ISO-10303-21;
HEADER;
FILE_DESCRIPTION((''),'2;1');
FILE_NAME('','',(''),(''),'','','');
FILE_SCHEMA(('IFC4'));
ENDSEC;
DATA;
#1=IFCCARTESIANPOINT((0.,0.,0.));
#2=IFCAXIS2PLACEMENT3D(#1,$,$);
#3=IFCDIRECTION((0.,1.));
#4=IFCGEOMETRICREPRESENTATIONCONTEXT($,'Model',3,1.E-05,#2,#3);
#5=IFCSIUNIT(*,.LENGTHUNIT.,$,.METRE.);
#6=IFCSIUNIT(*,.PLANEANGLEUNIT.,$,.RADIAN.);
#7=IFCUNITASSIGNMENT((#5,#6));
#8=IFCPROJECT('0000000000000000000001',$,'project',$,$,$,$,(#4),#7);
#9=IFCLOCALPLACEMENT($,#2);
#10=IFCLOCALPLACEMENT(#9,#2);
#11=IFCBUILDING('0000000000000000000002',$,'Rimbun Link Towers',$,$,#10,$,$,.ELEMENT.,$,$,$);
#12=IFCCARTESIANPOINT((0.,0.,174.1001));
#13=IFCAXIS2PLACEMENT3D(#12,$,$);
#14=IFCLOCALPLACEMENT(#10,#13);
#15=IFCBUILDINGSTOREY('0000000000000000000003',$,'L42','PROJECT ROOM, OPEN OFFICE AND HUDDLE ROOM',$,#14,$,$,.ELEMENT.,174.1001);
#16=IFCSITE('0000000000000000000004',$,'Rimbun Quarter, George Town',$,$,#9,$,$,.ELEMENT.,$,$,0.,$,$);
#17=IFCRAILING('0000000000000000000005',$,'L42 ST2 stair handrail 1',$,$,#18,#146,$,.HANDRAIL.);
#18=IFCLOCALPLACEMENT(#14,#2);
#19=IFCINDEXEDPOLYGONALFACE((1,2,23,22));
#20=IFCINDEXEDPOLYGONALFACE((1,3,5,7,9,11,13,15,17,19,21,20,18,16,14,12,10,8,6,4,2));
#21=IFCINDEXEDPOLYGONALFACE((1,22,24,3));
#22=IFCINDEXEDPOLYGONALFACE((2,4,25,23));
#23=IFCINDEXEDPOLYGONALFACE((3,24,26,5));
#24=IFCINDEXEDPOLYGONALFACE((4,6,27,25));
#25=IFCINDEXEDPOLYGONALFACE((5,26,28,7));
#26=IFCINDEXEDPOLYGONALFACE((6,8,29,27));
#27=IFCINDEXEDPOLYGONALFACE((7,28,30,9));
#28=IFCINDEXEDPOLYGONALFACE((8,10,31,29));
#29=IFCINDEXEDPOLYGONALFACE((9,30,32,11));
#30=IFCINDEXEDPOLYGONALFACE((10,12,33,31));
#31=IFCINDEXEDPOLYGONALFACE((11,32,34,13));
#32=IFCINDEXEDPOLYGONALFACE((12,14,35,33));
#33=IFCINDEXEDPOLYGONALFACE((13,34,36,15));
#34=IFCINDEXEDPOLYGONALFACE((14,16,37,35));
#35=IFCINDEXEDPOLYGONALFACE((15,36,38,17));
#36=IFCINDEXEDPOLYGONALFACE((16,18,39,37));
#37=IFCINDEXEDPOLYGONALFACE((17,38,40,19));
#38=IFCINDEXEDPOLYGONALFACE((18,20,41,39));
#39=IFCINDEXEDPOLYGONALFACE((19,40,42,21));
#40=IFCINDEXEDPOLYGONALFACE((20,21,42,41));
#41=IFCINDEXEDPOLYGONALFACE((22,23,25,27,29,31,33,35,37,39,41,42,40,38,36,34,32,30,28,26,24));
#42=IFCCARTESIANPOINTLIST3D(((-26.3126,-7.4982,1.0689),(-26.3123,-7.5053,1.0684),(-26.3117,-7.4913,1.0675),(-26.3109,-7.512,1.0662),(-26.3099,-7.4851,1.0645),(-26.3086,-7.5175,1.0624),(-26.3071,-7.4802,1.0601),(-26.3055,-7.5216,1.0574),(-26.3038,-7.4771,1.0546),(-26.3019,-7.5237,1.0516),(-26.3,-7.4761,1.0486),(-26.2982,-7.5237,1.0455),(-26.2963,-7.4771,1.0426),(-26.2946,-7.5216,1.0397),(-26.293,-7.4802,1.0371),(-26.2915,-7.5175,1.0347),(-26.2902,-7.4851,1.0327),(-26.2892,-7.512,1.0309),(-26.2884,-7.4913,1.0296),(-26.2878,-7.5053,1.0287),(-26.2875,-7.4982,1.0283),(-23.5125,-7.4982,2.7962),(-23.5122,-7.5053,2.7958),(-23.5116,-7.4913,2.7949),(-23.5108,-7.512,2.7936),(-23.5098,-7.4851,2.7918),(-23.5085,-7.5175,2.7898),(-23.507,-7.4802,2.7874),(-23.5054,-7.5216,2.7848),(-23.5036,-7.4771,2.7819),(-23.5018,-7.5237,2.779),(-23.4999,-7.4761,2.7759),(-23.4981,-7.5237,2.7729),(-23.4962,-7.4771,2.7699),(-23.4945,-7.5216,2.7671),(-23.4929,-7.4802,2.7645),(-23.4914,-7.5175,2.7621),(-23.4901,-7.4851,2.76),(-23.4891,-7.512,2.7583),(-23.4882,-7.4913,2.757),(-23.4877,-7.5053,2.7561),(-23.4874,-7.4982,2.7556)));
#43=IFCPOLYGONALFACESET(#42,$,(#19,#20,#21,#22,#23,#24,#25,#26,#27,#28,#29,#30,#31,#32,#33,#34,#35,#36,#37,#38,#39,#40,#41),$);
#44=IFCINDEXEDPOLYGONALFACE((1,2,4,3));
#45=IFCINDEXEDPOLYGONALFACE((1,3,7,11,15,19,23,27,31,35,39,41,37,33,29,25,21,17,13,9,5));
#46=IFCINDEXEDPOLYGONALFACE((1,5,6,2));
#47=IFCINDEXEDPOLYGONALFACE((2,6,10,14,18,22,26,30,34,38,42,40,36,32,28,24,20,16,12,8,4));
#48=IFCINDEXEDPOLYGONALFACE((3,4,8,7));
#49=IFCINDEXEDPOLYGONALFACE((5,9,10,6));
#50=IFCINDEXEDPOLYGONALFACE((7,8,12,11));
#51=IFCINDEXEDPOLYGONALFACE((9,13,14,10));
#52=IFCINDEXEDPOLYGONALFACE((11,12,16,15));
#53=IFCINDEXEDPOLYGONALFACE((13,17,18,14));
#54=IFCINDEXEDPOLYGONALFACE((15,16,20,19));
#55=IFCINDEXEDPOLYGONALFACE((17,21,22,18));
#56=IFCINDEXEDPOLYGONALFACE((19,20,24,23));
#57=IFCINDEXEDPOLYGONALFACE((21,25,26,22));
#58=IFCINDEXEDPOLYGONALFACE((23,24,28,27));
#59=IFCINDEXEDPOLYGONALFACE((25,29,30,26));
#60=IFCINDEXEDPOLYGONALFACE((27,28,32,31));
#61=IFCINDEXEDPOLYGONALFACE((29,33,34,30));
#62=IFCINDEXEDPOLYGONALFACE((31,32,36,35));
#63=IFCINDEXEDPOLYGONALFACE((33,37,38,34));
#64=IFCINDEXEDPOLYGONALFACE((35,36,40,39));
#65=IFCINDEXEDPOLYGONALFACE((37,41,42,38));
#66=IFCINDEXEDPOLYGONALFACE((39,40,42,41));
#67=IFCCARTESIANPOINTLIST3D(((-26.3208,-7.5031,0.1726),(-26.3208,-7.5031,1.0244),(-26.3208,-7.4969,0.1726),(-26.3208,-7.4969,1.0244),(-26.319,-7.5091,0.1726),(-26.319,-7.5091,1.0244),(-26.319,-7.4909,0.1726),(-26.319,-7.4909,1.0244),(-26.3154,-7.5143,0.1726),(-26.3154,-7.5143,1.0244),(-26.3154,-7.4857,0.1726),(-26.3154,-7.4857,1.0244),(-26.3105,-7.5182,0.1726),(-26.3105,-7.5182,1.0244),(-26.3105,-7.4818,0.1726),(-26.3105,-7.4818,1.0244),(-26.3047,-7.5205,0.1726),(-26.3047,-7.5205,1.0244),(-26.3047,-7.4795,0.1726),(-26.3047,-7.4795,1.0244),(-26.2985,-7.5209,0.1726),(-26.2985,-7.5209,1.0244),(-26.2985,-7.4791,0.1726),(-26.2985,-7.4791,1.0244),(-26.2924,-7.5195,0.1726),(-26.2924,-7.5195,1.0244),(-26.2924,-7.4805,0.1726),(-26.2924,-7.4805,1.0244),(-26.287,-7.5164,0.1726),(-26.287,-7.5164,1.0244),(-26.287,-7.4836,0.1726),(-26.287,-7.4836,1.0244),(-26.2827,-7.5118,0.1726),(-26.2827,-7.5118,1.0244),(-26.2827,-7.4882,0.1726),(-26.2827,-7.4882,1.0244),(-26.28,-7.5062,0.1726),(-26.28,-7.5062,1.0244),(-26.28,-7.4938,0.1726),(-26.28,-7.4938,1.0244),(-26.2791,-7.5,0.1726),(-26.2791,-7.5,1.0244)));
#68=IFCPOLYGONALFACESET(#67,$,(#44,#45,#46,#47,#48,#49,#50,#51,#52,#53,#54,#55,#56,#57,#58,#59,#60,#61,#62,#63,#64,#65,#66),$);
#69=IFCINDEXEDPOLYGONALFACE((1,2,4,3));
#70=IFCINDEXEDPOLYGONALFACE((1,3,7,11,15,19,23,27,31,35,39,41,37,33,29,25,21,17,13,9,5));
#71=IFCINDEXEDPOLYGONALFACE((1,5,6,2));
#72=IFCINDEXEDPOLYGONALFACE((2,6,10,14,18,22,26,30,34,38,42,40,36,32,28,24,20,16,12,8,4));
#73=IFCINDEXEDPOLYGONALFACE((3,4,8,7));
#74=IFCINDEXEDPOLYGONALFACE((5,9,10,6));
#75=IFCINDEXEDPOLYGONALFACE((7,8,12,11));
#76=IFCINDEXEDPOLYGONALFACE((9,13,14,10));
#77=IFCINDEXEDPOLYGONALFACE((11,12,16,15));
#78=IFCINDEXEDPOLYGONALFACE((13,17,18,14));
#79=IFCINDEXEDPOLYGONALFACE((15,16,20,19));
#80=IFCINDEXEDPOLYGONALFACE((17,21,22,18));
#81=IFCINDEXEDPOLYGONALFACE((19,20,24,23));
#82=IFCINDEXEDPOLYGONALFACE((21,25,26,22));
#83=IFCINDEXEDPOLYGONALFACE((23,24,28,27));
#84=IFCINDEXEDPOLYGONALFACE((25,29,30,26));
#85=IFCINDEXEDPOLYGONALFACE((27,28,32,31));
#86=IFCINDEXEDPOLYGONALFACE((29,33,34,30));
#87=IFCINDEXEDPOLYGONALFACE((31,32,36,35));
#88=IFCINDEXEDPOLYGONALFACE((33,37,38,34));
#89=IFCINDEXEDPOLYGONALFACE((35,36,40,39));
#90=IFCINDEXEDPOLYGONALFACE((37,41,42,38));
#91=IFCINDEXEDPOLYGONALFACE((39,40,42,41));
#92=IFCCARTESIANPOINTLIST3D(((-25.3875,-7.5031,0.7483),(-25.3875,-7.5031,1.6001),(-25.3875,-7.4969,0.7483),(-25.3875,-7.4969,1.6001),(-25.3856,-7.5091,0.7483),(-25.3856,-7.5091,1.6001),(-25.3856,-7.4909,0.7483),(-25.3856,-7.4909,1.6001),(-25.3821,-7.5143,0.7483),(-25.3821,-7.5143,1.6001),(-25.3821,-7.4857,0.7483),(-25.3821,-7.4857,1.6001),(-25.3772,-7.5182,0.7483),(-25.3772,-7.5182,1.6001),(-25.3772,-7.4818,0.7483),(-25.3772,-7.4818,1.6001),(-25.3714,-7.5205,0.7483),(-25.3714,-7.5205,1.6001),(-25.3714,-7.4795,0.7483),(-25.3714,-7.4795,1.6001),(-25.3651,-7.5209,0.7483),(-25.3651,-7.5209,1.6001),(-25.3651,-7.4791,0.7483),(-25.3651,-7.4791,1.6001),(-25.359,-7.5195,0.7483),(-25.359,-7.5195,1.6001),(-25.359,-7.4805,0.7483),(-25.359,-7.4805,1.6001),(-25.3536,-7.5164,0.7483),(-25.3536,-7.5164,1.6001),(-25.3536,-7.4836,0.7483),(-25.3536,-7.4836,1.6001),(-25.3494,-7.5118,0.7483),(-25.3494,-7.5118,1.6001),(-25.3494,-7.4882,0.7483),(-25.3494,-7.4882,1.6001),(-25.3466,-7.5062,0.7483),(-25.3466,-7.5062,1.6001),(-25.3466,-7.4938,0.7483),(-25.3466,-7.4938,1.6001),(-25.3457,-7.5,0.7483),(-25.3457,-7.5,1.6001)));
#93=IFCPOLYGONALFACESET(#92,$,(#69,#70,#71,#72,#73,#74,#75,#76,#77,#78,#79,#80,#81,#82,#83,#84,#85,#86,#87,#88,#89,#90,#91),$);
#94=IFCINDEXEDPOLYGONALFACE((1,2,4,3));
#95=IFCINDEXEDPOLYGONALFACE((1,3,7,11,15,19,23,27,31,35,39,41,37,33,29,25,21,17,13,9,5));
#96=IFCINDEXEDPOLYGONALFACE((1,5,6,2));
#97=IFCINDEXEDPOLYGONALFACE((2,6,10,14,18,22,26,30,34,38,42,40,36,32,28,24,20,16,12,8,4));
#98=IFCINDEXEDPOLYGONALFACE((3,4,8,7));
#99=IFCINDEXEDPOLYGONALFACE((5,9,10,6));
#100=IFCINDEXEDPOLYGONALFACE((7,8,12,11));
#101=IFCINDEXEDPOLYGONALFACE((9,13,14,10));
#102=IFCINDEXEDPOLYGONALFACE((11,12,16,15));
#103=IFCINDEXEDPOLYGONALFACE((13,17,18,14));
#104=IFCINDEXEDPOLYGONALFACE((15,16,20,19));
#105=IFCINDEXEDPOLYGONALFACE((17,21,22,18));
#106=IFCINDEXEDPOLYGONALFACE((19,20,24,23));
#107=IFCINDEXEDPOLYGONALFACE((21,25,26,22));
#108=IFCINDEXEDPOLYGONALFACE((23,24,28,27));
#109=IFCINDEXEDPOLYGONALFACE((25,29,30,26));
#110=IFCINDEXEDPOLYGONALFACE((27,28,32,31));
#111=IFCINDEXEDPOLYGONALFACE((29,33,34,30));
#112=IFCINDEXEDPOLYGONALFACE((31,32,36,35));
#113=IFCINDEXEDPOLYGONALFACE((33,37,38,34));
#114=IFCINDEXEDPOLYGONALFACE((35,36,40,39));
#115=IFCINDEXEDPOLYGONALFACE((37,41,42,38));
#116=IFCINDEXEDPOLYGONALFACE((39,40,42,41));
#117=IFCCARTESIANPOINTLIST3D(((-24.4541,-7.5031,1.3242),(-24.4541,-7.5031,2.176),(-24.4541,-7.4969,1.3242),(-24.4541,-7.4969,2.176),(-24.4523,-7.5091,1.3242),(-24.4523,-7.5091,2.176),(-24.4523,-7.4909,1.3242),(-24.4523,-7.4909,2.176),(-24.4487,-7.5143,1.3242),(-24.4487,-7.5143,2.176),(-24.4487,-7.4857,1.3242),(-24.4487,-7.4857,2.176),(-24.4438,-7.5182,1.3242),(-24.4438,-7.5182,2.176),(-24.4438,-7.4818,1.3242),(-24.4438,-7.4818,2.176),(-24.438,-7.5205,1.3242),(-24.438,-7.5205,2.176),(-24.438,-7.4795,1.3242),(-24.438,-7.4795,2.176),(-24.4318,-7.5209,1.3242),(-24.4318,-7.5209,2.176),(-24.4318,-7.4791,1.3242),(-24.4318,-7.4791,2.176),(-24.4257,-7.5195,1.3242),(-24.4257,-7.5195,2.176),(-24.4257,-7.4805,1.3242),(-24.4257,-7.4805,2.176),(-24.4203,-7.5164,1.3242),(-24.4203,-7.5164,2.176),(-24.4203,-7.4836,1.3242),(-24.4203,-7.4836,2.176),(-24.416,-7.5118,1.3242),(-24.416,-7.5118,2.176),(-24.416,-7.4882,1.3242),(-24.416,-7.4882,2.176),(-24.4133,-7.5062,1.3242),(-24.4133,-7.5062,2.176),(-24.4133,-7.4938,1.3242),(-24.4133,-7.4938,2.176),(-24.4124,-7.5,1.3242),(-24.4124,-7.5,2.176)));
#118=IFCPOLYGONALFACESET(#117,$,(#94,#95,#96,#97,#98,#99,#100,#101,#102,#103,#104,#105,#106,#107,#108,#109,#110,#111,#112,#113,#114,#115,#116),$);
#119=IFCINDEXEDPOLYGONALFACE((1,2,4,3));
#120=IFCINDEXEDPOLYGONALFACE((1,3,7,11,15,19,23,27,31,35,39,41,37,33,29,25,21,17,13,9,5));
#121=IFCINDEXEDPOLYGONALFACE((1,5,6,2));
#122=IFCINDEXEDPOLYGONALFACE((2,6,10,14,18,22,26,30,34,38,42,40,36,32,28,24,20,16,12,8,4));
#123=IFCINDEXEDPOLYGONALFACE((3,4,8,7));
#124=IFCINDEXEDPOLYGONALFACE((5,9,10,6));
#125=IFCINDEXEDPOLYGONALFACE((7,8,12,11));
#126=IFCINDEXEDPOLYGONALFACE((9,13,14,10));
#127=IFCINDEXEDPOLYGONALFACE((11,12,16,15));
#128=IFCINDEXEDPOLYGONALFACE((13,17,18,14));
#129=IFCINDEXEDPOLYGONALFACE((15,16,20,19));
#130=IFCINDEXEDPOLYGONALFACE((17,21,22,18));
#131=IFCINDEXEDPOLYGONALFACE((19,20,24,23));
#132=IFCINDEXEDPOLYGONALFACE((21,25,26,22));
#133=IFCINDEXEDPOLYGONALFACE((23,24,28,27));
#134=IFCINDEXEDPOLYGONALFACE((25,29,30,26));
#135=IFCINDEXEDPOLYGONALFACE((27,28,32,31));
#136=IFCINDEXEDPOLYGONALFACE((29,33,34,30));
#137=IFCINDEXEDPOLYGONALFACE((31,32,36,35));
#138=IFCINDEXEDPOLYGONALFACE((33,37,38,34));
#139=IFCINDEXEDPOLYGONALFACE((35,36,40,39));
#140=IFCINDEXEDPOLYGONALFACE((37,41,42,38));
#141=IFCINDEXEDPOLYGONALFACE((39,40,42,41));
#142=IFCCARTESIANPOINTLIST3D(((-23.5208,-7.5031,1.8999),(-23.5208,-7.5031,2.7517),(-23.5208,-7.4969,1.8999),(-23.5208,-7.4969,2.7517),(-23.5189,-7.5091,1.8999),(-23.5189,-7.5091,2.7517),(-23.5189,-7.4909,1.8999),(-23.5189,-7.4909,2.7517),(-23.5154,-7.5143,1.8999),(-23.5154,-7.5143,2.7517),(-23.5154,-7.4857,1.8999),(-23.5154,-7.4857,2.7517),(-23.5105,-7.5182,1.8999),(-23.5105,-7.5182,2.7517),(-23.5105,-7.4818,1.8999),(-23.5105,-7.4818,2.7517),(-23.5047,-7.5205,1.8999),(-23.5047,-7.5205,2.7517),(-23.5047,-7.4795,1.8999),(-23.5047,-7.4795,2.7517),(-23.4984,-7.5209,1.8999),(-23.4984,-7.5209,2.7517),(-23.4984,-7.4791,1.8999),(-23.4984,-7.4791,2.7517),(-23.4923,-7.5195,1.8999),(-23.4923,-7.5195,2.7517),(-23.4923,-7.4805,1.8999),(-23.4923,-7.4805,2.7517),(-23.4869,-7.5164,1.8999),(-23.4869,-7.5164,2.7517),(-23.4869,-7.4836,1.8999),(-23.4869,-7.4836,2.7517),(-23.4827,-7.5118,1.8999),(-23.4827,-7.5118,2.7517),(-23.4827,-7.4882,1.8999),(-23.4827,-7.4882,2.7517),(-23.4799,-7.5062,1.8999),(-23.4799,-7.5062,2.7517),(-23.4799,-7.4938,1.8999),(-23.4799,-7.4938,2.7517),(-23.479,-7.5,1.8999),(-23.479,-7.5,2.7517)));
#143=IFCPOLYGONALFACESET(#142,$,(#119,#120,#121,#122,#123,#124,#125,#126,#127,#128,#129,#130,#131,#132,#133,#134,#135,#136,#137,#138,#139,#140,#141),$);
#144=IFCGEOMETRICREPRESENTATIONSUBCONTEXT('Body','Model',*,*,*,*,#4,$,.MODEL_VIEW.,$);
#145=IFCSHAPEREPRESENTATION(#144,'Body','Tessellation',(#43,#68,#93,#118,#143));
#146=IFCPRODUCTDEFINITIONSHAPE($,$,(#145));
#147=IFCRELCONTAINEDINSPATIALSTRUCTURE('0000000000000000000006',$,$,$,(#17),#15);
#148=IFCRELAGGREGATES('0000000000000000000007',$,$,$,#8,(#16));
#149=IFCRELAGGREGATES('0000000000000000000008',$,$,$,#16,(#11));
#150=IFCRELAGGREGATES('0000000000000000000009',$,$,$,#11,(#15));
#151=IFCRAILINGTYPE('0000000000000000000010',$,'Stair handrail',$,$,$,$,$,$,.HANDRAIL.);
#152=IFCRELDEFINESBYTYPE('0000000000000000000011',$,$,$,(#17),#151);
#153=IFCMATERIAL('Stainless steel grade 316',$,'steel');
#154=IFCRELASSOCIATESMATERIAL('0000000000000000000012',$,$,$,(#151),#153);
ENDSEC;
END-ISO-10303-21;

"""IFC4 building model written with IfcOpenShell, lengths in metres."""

from ifc_helpers import new_model, si_unit, direction, frame, origin, origin_2d, place, context, subcontext, project, spatial, circle, extrude, material, type_object, element, save


model = new_model("IFC4")

# Units and contexts
model_context = context("Model", 3, precision=1e-05, world=origin(), true_north=direction((0.0, 1.0)))
body_context = subcontext(model_context, "Body", "Model", "MODEL_VIEW")
ifc_project = project(units=[si_unit("LENGTHUNIT", "METRE"), si_unit("PLANEANGLEUNIT", "RADIAN")], contexts=[model_context])

# Site, building, storey
site_placement = place(None, origin())
site = spatial("IfcSite", under=ifc_project, at=site_placement, Name="Rimbun Quarter, George Town", CompositionType="ELEMENT", RefElevation=0.0)
building_placement = place(site_placement, origin())
building = spatial("IfcBuilding", under=site, at=building_placement, Name="Rimbun Link Towers", CompositionType="ELEMENT")
storey_placement = place(building_placement, frame((0.0, 0.0, 174.1001)))
storey = spatial("IfcBuildingStorey", under=building, at=storey_placement, Name="L42", Description="PROJECT ROOM, OPEN OFFICE AND HUDDLE ROOM", CompositionType="ELEMENT", Elevation=174.1001)

# Railing
ifc_material_1 = material(Name="Stainless steel grade 316", Category="steel")
railing_type_1 = type_object("IfcRailingType", Name="Stair handrail", PredefinedType="HANDRAIL", material=ifc_material_1)
railing_1_placement = place(storey_placement, frame((-26.3, -7.5, 0.1726)))
element("IfcRailing", 1, at=railing_1_placement, inside=storey, type_object=railing_type_1, Name="L42 ST2 stair handrail 1", PredefinedType="HANDRAIL", context=body_context, shape_type="SweptSolid", body=[
    extrude(circle(Radius=0.0239, at=origin_2d()), frame((0.0, 0.0, 0.876), z_axis=(0.85109, 0.0, 0.52502), x_axis=(0.0, 1.0, 0.0)), (0.0, 0.0, 1.0), 3.29),
    extrude(circle(Radius=0.021, at=origin_2d()), origin(), (0.0, 0.0, 1.0), 0.8518),
    extrude(circle(Radius=0.021, at=origin_2d()), frame((0.9333, 0.0, 0.5757)), (0.0, 0.0, 1.0), 0.8518),
    extrude(circle(Radius=0.021, at=origin_2d()), frame((1.8667, 0.0, 1.1516)), (0.0, 0.0, 1.0), 0.8518),
    extrude(circle(Radius=0.021, at=origin_2d()), frame((2.8, 0.0, 1.7273)), (0.0, 0.0, 1.0), 0.8518),
])

save(model, "model.ifc")
